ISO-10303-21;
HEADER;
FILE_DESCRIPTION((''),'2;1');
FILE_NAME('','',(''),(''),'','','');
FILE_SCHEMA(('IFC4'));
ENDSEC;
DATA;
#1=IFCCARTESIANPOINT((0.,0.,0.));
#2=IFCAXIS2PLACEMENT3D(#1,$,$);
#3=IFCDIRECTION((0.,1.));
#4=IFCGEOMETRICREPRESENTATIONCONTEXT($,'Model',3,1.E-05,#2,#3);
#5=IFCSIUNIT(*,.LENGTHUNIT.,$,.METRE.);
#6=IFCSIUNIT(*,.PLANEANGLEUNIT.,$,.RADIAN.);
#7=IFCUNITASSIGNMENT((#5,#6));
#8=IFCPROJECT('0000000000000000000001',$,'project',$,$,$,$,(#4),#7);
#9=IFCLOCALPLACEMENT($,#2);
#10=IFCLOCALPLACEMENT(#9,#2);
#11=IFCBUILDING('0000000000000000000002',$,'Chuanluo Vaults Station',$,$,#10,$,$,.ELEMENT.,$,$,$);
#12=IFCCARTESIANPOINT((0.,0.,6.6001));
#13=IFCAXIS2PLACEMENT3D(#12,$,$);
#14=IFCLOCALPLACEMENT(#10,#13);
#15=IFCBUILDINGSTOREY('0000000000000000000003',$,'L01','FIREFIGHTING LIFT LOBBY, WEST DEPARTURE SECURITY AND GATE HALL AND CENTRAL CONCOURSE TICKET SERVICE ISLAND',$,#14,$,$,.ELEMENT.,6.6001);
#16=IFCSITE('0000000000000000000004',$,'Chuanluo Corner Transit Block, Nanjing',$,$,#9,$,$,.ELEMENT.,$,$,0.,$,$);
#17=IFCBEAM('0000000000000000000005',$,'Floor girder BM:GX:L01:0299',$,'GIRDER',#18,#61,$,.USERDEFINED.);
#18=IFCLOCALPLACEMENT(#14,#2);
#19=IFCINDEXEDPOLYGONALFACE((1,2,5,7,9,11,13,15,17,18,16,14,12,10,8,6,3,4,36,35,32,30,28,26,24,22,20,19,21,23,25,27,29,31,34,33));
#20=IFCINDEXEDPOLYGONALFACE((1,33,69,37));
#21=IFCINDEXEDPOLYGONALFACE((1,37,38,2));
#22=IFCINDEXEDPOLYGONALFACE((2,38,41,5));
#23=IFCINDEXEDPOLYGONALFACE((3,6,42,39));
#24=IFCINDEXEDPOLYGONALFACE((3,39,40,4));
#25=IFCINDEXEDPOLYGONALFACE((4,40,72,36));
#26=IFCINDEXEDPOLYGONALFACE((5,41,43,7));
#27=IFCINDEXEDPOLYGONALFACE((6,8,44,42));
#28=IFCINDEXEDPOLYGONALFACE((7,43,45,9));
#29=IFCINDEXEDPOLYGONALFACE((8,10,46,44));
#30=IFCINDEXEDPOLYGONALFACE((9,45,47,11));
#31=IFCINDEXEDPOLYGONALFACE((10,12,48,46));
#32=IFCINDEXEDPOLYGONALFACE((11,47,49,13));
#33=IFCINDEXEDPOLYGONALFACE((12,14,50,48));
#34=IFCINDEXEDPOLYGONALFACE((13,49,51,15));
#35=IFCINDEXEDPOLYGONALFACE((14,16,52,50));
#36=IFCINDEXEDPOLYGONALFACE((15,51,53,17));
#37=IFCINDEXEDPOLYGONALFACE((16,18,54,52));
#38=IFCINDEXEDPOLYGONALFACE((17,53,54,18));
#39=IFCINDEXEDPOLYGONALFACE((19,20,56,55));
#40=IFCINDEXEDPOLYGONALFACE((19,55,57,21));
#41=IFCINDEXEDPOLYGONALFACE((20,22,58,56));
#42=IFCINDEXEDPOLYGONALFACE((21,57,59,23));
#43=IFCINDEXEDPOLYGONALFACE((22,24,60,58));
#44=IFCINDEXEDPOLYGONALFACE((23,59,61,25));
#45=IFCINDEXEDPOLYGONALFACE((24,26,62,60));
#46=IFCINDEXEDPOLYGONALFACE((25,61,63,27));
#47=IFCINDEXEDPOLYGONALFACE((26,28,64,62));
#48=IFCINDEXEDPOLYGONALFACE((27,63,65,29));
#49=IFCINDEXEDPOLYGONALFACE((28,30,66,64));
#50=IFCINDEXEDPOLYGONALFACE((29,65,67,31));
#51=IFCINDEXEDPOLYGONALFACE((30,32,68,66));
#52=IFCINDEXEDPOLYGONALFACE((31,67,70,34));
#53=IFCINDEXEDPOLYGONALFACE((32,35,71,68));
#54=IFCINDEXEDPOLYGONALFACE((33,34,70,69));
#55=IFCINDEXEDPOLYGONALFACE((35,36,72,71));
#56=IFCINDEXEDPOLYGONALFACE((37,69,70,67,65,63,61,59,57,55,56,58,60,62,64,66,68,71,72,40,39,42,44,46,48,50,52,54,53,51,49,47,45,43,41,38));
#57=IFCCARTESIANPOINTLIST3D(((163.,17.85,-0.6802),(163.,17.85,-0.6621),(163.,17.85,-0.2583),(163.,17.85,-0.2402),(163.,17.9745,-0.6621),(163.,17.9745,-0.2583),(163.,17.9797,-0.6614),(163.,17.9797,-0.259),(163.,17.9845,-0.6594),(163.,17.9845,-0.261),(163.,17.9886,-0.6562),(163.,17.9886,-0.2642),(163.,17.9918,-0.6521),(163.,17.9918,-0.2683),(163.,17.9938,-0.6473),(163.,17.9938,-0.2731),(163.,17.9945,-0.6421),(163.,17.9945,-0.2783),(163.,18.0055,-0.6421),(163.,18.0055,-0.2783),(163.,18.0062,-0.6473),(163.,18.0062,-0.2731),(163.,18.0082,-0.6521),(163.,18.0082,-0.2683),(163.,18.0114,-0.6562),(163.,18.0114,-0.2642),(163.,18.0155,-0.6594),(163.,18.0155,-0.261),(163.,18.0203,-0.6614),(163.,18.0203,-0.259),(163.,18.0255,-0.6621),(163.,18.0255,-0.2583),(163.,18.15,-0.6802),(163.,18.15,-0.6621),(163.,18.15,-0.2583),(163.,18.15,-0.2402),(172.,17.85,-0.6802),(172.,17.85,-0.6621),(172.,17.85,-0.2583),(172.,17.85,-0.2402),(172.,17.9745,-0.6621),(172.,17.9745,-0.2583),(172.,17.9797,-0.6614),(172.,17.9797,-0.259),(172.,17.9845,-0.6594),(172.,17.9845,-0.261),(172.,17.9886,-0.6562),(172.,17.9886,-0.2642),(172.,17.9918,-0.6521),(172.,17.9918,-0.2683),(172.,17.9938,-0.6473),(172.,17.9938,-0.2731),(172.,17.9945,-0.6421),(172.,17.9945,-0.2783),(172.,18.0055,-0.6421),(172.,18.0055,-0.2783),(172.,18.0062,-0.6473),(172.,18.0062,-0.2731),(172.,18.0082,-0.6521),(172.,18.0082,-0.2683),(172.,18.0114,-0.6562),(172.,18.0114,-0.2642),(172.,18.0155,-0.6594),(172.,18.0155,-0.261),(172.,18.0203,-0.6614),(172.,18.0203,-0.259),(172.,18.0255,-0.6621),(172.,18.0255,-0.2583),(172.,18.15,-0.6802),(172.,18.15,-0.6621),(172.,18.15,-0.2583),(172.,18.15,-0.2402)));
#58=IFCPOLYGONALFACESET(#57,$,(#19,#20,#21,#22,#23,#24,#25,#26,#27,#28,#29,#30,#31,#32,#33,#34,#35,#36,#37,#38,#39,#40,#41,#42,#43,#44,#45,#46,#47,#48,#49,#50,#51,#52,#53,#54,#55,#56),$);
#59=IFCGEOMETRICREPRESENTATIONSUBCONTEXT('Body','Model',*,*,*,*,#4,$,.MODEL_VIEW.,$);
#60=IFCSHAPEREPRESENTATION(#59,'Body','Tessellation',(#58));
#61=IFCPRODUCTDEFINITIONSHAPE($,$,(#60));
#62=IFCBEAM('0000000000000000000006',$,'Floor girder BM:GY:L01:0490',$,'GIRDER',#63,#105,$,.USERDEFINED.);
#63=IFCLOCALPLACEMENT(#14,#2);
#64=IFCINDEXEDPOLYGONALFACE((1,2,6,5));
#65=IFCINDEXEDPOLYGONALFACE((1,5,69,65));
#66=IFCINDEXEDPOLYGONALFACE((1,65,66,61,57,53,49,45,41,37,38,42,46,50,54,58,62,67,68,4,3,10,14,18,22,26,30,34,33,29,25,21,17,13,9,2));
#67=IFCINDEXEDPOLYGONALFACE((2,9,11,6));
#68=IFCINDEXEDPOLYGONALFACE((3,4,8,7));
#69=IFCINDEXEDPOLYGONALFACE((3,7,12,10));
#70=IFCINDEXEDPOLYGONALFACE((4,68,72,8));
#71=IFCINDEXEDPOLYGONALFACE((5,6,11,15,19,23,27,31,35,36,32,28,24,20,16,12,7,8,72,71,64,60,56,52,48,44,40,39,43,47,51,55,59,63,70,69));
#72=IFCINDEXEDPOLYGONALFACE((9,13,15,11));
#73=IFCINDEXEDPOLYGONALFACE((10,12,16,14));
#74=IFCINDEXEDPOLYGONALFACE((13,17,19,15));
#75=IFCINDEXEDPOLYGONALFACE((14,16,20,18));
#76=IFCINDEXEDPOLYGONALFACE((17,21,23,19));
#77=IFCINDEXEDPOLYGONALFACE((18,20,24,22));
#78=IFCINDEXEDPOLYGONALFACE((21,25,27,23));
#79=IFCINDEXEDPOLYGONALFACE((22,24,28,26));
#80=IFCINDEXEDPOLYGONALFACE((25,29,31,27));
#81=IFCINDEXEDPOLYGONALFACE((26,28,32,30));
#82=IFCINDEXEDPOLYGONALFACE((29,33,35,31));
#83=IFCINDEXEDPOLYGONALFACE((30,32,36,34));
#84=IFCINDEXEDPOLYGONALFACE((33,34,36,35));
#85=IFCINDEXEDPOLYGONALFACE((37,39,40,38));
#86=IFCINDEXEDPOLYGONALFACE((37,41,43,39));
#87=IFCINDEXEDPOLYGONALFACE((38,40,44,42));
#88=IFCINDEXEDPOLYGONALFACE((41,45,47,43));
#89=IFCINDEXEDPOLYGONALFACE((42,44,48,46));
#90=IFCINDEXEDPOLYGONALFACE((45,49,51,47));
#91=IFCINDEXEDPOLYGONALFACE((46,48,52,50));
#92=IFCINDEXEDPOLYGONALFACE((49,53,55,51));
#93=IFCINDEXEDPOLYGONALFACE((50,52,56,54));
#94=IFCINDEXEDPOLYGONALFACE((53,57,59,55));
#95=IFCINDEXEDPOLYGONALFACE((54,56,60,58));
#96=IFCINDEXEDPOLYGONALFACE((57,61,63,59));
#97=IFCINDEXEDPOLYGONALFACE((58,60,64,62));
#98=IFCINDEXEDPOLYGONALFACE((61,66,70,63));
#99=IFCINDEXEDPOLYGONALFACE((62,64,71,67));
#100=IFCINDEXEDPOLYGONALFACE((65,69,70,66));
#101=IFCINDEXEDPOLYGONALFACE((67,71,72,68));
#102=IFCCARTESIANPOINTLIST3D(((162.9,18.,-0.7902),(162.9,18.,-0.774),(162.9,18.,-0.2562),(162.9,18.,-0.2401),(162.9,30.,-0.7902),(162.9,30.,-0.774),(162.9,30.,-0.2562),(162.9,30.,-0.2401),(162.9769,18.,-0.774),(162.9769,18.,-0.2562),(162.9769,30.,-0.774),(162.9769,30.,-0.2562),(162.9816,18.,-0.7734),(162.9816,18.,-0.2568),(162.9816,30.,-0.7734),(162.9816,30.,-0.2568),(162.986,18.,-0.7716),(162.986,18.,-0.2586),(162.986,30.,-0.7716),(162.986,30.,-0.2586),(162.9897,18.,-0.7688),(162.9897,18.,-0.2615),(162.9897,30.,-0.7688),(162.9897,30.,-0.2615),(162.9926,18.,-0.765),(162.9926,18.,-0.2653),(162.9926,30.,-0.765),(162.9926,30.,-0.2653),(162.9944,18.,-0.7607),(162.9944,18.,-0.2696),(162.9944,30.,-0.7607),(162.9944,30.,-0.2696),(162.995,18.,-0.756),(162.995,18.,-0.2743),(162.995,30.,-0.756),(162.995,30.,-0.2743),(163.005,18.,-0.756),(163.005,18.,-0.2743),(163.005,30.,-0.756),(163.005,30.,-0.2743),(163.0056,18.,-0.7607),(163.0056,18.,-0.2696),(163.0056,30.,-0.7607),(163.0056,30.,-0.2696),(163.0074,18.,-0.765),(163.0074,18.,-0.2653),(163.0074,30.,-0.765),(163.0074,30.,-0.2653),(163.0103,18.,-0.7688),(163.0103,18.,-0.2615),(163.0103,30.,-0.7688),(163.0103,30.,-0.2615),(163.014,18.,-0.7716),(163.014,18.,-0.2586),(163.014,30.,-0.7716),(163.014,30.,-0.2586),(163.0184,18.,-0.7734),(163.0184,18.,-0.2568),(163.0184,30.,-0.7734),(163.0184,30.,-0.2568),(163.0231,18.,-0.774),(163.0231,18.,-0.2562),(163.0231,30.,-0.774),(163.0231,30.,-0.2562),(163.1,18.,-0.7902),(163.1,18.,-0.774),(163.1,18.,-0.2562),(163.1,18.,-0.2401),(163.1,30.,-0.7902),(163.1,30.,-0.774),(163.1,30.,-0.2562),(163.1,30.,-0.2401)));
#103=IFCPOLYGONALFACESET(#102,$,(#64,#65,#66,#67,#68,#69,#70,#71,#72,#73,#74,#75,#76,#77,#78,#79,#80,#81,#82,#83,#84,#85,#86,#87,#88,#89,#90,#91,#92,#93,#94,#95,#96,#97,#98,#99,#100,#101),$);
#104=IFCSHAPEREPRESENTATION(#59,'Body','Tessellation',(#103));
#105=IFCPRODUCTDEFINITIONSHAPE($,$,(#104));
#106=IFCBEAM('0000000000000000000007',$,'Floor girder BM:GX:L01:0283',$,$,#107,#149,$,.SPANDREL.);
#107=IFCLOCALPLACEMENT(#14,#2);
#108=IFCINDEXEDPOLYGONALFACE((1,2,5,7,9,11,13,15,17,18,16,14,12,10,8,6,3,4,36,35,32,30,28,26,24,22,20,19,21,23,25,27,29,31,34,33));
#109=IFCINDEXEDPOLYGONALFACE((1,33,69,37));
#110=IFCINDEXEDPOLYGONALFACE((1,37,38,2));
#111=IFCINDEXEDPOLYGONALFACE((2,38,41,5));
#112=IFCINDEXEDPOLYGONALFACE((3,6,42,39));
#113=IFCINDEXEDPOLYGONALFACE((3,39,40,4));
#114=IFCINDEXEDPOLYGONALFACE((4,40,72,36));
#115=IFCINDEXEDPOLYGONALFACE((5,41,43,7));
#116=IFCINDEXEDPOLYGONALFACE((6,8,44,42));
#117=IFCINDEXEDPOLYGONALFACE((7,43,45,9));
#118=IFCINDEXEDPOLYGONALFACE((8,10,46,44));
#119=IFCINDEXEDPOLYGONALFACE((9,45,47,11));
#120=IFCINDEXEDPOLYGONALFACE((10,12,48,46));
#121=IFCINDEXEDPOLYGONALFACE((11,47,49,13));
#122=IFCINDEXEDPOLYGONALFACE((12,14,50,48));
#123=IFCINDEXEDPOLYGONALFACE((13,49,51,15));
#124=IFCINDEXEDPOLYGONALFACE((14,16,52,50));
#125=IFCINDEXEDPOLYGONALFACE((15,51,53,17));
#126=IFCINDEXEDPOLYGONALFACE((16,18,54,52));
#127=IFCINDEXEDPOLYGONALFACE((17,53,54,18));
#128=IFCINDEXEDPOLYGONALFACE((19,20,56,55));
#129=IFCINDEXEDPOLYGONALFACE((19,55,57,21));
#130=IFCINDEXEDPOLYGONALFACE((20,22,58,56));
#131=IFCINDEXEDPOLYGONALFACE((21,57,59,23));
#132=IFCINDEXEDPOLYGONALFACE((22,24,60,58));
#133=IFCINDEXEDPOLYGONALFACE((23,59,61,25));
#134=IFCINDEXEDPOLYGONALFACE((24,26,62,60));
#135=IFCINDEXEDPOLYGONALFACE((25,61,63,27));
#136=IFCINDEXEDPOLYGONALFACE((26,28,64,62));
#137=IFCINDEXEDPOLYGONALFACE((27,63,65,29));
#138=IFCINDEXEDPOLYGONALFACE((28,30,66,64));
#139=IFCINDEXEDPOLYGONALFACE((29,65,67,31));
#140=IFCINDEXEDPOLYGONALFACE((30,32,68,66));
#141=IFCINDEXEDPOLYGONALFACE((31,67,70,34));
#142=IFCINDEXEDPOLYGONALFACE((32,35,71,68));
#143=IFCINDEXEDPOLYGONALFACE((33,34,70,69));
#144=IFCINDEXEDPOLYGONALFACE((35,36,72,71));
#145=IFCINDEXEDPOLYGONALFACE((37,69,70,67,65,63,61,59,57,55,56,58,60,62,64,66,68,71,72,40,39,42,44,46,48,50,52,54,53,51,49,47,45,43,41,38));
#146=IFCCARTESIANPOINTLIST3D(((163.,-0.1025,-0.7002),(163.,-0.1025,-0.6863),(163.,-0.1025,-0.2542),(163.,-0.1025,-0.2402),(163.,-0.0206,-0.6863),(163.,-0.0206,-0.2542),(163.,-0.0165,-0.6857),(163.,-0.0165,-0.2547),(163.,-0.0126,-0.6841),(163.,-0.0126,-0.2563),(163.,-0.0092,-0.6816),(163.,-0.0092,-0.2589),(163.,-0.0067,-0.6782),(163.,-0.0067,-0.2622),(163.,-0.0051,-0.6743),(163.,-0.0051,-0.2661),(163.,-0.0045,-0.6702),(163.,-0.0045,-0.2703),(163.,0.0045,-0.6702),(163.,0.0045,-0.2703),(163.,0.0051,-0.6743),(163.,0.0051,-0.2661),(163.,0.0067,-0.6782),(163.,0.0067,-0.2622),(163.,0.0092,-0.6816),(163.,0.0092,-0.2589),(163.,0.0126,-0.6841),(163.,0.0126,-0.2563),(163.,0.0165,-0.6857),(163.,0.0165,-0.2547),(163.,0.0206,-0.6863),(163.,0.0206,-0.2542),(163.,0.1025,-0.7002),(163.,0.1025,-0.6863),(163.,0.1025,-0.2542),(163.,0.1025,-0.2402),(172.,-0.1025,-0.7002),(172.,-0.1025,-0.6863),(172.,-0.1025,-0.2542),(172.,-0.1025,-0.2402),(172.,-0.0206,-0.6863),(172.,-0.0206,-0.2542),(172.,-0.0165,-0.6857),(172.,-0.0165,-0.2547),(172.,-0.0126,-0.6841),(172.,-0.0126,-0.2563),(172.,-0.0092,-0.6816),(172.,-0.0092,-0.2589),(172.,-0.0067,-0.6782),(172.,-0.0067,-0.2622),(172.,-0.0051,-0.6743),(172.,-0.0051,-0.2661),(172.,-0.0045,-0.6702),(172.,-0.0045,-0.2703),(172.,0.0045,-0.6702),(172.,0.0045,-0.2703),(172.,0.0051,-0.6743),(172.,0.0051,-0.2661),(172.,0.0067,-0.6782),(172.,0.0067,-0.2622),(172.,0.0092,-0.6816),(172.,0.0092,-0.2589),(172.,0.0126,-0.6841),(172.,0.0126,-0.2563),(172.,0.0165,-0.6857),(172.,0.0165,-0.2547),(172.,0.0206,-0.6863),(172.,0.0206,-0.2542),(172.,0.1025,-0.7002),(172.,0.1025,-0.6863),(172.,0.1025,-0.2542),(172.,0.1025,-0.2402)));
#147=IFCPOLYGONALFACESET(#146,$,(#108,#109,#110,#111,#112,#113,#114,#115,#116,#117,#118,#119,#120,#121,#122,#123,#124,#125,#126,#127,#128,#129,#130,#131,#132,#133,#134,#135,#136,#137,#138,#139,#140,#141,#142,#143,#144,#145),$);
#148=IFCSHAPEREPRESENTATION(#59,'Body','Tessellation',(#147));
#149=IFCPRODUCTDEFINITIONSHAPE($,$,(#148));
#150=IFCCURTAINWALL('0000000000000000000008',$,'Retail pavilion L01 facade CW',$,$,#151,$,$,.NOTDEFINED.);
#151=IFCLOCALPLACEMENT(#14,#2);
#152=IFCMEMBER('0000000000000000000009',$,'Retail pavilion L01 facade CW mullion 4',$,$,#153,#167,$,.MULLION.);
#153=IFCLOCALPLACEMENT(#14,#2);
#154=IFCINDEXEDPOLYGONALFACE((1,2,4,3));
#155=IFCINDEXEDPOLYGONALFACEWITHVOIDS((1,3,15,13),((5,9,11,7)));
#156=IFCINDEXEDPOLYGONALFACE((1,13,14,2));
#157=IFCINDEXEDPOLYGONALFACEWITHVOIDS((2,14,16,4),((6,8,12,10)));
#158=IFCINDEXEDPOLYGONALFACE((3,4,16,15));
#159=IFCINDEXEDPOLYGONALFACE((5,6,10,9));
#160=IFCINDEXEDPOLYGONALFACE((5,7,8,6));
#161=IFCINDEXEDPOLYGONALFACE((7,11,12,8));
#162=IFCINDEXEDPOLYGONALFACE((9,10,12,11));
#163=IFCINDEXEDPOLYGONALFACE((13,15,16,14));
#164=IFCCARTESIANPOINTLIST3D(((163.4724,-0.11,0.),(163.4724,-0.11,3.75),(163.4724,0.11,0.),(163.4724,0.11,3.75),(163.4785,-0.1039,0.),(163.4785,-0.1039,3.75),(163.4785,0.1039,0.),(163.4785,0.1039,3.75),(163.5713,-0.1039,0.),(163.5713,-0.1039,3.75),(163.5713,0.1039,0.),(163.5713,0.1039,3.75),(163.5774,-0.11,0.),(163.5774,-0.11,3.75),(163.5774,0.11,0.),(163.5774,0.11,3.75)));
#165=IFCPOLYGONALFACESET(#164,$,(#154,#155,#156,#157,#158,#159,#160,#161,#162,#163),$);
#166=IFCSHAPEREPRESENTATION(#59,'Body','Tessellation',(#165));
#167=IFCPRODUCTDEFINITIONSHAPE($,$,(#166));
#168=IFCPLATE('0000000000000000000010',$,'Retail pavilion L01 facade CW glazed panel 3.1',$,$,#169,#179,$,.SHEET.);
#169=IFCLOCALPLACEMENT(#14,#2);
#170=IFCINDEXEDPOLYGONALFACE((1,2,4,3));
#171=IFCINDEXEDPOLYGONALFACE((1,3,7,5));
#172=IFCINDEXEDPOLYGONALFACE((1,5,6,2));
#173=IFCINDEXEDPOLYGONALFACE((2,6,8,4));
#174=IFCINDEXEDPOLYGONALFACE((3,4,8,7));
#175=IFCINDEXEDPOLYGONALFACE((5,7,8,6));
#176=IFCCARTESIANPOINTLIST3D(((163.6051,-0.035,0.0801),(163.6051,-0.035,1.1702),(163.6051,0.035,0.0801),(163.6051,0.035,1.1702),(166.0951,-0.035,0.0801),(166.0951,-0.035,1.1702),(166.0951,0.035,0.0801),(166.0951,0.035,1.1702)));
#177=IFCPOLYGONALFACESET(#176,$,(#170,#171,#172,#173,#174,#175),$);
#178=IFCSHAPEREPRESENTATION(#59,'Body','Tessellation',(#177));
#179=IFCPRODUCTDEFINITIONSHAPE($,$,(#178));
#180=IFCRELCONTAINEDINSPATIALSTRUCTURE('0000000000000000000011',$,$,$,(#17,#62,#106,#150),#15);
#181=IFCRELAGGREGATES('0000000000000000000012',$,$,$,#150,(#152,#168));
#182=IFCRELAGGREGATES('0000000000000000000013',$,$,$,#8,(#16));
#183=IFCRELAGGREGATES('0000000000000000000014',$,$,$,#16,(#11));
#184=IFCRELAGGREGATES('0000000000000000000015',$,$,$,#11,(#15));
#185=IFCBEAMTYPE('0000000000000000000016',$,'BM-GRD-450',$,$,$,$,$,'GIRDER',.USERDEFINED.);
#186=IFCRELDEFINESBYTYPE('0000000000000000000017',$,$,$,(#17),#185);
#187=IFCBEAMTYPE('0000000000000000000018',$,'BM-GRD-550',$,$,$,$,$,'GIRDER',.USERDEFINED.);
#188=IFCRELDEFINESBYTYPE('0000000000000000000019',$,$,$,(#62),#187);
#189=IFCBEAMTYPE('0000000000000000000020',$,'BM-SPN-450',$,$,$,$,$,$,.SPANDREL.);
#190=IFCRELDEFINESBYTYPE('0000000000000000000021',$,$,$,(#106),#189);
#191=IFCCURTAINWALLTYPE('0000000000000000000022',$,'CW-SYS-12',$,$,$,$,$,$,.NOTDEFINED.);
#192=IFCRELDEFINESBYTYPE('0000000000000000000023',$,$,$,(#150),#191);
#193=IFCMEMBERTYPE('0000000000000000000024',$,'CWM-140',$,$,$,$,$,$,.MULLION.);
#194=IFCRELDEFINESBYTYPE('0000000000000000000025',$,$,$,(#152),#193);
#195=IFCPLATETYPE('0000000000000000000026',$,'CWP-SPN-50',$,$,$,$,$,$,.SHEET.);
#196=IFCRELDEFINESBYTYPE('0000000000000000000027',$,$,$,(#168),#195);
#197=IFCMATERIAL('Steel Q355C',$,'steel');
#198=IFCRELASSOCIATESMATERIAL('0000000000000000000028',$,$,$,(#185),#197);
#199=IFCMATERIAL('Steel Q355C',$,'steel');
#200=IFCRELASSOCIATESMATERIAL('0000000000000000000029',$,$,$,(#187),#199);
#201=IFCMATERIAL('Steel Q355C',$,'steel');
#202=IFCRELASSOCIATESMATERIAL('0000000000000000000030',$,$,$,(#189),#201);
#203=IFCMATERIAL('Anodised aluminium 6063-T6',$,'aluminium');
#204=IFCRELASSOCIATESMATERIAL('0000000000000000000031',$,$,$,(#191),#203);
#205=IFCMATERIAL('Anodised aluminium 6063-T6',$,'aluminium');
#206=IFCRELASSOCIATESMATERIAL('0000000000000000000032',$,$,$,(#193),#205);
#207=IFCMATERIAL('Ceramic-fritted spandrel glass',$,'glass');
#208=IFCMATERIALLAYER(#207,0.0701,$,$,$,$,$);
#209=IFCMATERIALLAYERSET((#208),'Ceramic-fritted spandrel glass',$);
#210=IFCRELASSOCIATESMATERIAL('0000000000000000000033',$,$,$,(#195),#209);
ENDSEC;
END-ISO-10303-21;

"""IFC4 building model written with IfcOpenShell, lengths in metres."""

from ifc_helpers import new_model, si_unit, direction, frame, origin, origin_2d, place, context, subcontext, project, spatial, rectangle, hollow_rectangle, i_section, extrude, material, layer, layer_set, material_profile, profile_set, type_object, element, aggregate, save


model = new_model("IFC4")

# Units and contexts
model_context = context("Model", 3, precision=1e-05, world=origin(), true_north=direction((0.0, 1.0)))
body_context = subcontext(model_context, "Body", "Model", "MODEL_VIEW")
ifc_project = project(units=[si_unit("LENGTHUNIT", "METRE"), si_unit("PLANEANGLEUNIT", "RADIAN")], contexts=[model_context])

# Site, building, storey
site_placement = place(None, origin())
site = spatial("IfcSite", under=ifc_project, at=site_placement, Name="Chuanluo Corner Transit Block, Nanjing", CompositionType="ELEMENT", RefElevation=0.0)
building_placement = place(site_placement, origin())
building = spatial("IfcBuilding", under=site, at=building_placement, Name="Chuanluo Vaults Station", CompositionType="ELEMENT")
storey_placement = place(building_placement, frame((0.0, 0.0, 6.6001)))
storey = spatial("IfcBuildingStorey", under=building, at=storey_placement, Name="L01", Description="FIREFIGHTING LIFT LOBBY, WEST DEPARTURE SECURITY AND GATE HALL AND CENTRAL CONCOURSE TICKET SERVICE ISLAND", CompositionType="ELEMENT", Elevation=6.6001)

# Beams
ifc_material_1 = material(Name="Steel Q355C", Category="steel")
ifc_material_profile_1 = material_profile(ifc_material_1, i_section(OverallWidth=0.3, OverallDepth=0.4399, WebThickness=0.011, FlangeThickness=0.0181, FilletRadius=0.02, at=origin_2d()))
ifc_profile_set_1 = profile_set([ifc_material_profile_1], Name="Steel Q355C")
beam_type_1 = type_object("IfcBeamType", Name="BM-GRD-450", ElementType="GIRDER", PredefinedType="USERDEFINED", material=ifc_profile_set_1)
for number, where, z_axis, x_axis, name in (
    (1, (163.0, 18.0, -0.4602), (1.0, 0.0, 0.0), (0.0, 1.0, 0.0), "Floor girder BM:GX:L01:0299"),
):
    element("IfcBeam", number, at=place(storey_placement, frame(where, z_axis=z_axis, x_axis=x_axis)), inside=storey, type_object=beam_type_1, Name=name, ObjectType="GIRDER", PredefinedType="USERDEFINED", context=body_context, shape_type="SweptSolid", body=[
        extrude(i_section(OverallWidth=0.3, OverallDepth=0.4399, WebThickness=0.011, FlangeThickness=0.0181, FilletRadius=0.02, at=origin_2d()), origin(), (0.0, 0.0, 1.0), 9.0),
    ])
ifc_material_2 = material(Name="Steel Q355C", Category="steel")
ifc_material_profile_2 = material_profile(ifc_material_2, i_section(OverallWidth=0.2, OverallDepth=0.55, WebThickness=0.01, FlangeThickness=0.0161, FilletRadius=0.0181, at=origin_2d()))
ifc_profile_set_2 = profile_set([ifc_material_profile_2], Name="Steel Q355C")
beam_type_2 = type_object("IfcBeamType", Name="BM-GRD-550", ElementType="GIRDER", PredefinedType="USERDEFINED", material=ifc_profile_set_2)
beam_1_placement = place(storey_placement, frame((163.0, 18.0, -0.5151), z_axis=(0.0, 1.0, 0.0), x_axis=(-1.0, 0.0, 0.0)))
element("IfcBeam", 2, at=beam_1_placement, inside=storey, type_object=beam_type_2, Name="Floor girder BM:GY:L01:0490", ObjectType="GIRDER", PredefinedType="USERDEFINED", context=body_context, shape_type="SweptSolid", body=[
    extrude(i_section(OverallWidth=0.2, OverallDepth=0.55, WebThickness=0.01, FlangeThickness=0.0161, FilletRadius=0.0181, at=origin_2d()), origin(), (0.0, 0.0, 1.0), 12.0),
])
ifc_material_3 = material(Name="Steel Q355C", Category="steel")
ifc_material_profile_3 = material_profile(ifc_material_3, i_section(OverallWidth=0.2051, OverallDepth=0.46, WebThickness=0.009, FlangeThickness=0.0139, FilletRadius=0.0161, at=origin_2d()))
ifc_profile_set_3 = profile_set([ifc_material_profile_3], Name="Steel Q355C")
beam_type_3 = type_object("IfcBeamType", Name="BM-SPN-450", PredefinedType="SPANDREL", material=ifc_profile_set_3)
beam_2_placement = place(storey_placement, frame((163.0, 0.0, -0.4702), z_axis=(1.0, 0.0, 0.0), x_axis=(0.0, 1.0, 0.0)))
element("IfcBeam", 3, at=beam_2_placement, inside=storey, type_object=beam_type_3, Name="Floor girder BM:GX:L01:0283", PredefinedType="SPANDREL", context=body_context, shape_type="SweptSolid", body=[
    extrude(i_section(OverallWidth=0.2051, OverallDepth=0.46, WebThickness=0.009, FlangeThickness=0.0139, FilletRadius=0.0161, at=origin_2d()), origin(), (0.0, 0.0, 1.0), 9.0),
])

# Curtain wall, member, plate
ifc_material_4 = material(Name="Anodised aluminium 6063-T6", Category="aluminium")
curtain_wall_type = type_object("IfcCurtainWallType", Name="CW-SYS-12", PredefinedType="NOTDEFINED", material=ifc_material_4)
curtain_wall_placement = place(storey_placement, origin())
curtain_wall = element("IfcCurtainWall", 4, at=curtain_wall_placement, inside=storey, type_object=curtain_wall_type, Name="Retail pavilion L01 facade CW", PredefinedType="NOTDEFINED")
ifc_material_5 = material(Name="Anodised aluminium 6063-T6", Category="aluminium")
ifc_material_profile_4 = material_profile(ifc_material_5, hollow_rectangle(XDim=0.105, YDim=0.22, WallThickness=0.0061, at=origin_2d()))
ifc_profile_set_4 = profile_set([ifc_material_profile_4], Name="Anodised aluminium 6063-T6")
member_type = type_object("IfcMemberType", Name="CWM-140", PredefinedType="MULLION", material=ifc_profile_set_4)
member_placement = place(storey_placement, frame((163.5249, 0.0, 0.0), z_axis=(0.0, 0.0, 1.0), x_axis=(-1.0, 0.0, 0.0)))
member = element("IfcMember", 5, at=member_placement, type_object=member_type, Name="Retail pavilion L01 facade CW mullion 4", PredefinedType="MULLION", context=body_context, shape_type="SweptSolid", body=[
    extrude(hollow_rectangle(XDim=0.105, YDim=0.22, WallThickness=0.0061, at=origin_2d()), origin(), (0.0, 0.0, 1.0), 3.75),
])
ifc_material_6 = material(Name="Ceramic-fritted spandrel glass", Category="glass")
ifc_layer_1 = layer(ifc_material_6, 0.0701)
ifc_layer_set_1 = layer_set([ifc_layer_1], Name="Ceramic-fritted spandrel glass")
plate_type_1 = type_object("IfcPlateType", Name="CWP-SPN-50", PredefinedType="SHEET", material=ifc_layer_set_1)
plate_1_placement = place(storey_placement, frame((164.8501, 0.0, 0.0801), z_axis=(0.0, 0.0, 1.0), x_axis=(-1.0, 0.0, 0.0)))
plate_1 = element("IfcPlate", 6, at=plate_1_placement, type_object=plate_type_1, Name="Retail pavilion L01 facade CW glazed panel 3.1", PredefinedType="SHEET", context=body_context, shape_type="SweptSolid", body=[
    extrude(rectangle(XDim=2.49, YDim=0.0701, at=origin_2d()), origin(), (0.0, 0.0, 1.0), 1.0901),
])
aggregate(curtain_wall, [member, plate_1])

save(model, "model.ifc")
